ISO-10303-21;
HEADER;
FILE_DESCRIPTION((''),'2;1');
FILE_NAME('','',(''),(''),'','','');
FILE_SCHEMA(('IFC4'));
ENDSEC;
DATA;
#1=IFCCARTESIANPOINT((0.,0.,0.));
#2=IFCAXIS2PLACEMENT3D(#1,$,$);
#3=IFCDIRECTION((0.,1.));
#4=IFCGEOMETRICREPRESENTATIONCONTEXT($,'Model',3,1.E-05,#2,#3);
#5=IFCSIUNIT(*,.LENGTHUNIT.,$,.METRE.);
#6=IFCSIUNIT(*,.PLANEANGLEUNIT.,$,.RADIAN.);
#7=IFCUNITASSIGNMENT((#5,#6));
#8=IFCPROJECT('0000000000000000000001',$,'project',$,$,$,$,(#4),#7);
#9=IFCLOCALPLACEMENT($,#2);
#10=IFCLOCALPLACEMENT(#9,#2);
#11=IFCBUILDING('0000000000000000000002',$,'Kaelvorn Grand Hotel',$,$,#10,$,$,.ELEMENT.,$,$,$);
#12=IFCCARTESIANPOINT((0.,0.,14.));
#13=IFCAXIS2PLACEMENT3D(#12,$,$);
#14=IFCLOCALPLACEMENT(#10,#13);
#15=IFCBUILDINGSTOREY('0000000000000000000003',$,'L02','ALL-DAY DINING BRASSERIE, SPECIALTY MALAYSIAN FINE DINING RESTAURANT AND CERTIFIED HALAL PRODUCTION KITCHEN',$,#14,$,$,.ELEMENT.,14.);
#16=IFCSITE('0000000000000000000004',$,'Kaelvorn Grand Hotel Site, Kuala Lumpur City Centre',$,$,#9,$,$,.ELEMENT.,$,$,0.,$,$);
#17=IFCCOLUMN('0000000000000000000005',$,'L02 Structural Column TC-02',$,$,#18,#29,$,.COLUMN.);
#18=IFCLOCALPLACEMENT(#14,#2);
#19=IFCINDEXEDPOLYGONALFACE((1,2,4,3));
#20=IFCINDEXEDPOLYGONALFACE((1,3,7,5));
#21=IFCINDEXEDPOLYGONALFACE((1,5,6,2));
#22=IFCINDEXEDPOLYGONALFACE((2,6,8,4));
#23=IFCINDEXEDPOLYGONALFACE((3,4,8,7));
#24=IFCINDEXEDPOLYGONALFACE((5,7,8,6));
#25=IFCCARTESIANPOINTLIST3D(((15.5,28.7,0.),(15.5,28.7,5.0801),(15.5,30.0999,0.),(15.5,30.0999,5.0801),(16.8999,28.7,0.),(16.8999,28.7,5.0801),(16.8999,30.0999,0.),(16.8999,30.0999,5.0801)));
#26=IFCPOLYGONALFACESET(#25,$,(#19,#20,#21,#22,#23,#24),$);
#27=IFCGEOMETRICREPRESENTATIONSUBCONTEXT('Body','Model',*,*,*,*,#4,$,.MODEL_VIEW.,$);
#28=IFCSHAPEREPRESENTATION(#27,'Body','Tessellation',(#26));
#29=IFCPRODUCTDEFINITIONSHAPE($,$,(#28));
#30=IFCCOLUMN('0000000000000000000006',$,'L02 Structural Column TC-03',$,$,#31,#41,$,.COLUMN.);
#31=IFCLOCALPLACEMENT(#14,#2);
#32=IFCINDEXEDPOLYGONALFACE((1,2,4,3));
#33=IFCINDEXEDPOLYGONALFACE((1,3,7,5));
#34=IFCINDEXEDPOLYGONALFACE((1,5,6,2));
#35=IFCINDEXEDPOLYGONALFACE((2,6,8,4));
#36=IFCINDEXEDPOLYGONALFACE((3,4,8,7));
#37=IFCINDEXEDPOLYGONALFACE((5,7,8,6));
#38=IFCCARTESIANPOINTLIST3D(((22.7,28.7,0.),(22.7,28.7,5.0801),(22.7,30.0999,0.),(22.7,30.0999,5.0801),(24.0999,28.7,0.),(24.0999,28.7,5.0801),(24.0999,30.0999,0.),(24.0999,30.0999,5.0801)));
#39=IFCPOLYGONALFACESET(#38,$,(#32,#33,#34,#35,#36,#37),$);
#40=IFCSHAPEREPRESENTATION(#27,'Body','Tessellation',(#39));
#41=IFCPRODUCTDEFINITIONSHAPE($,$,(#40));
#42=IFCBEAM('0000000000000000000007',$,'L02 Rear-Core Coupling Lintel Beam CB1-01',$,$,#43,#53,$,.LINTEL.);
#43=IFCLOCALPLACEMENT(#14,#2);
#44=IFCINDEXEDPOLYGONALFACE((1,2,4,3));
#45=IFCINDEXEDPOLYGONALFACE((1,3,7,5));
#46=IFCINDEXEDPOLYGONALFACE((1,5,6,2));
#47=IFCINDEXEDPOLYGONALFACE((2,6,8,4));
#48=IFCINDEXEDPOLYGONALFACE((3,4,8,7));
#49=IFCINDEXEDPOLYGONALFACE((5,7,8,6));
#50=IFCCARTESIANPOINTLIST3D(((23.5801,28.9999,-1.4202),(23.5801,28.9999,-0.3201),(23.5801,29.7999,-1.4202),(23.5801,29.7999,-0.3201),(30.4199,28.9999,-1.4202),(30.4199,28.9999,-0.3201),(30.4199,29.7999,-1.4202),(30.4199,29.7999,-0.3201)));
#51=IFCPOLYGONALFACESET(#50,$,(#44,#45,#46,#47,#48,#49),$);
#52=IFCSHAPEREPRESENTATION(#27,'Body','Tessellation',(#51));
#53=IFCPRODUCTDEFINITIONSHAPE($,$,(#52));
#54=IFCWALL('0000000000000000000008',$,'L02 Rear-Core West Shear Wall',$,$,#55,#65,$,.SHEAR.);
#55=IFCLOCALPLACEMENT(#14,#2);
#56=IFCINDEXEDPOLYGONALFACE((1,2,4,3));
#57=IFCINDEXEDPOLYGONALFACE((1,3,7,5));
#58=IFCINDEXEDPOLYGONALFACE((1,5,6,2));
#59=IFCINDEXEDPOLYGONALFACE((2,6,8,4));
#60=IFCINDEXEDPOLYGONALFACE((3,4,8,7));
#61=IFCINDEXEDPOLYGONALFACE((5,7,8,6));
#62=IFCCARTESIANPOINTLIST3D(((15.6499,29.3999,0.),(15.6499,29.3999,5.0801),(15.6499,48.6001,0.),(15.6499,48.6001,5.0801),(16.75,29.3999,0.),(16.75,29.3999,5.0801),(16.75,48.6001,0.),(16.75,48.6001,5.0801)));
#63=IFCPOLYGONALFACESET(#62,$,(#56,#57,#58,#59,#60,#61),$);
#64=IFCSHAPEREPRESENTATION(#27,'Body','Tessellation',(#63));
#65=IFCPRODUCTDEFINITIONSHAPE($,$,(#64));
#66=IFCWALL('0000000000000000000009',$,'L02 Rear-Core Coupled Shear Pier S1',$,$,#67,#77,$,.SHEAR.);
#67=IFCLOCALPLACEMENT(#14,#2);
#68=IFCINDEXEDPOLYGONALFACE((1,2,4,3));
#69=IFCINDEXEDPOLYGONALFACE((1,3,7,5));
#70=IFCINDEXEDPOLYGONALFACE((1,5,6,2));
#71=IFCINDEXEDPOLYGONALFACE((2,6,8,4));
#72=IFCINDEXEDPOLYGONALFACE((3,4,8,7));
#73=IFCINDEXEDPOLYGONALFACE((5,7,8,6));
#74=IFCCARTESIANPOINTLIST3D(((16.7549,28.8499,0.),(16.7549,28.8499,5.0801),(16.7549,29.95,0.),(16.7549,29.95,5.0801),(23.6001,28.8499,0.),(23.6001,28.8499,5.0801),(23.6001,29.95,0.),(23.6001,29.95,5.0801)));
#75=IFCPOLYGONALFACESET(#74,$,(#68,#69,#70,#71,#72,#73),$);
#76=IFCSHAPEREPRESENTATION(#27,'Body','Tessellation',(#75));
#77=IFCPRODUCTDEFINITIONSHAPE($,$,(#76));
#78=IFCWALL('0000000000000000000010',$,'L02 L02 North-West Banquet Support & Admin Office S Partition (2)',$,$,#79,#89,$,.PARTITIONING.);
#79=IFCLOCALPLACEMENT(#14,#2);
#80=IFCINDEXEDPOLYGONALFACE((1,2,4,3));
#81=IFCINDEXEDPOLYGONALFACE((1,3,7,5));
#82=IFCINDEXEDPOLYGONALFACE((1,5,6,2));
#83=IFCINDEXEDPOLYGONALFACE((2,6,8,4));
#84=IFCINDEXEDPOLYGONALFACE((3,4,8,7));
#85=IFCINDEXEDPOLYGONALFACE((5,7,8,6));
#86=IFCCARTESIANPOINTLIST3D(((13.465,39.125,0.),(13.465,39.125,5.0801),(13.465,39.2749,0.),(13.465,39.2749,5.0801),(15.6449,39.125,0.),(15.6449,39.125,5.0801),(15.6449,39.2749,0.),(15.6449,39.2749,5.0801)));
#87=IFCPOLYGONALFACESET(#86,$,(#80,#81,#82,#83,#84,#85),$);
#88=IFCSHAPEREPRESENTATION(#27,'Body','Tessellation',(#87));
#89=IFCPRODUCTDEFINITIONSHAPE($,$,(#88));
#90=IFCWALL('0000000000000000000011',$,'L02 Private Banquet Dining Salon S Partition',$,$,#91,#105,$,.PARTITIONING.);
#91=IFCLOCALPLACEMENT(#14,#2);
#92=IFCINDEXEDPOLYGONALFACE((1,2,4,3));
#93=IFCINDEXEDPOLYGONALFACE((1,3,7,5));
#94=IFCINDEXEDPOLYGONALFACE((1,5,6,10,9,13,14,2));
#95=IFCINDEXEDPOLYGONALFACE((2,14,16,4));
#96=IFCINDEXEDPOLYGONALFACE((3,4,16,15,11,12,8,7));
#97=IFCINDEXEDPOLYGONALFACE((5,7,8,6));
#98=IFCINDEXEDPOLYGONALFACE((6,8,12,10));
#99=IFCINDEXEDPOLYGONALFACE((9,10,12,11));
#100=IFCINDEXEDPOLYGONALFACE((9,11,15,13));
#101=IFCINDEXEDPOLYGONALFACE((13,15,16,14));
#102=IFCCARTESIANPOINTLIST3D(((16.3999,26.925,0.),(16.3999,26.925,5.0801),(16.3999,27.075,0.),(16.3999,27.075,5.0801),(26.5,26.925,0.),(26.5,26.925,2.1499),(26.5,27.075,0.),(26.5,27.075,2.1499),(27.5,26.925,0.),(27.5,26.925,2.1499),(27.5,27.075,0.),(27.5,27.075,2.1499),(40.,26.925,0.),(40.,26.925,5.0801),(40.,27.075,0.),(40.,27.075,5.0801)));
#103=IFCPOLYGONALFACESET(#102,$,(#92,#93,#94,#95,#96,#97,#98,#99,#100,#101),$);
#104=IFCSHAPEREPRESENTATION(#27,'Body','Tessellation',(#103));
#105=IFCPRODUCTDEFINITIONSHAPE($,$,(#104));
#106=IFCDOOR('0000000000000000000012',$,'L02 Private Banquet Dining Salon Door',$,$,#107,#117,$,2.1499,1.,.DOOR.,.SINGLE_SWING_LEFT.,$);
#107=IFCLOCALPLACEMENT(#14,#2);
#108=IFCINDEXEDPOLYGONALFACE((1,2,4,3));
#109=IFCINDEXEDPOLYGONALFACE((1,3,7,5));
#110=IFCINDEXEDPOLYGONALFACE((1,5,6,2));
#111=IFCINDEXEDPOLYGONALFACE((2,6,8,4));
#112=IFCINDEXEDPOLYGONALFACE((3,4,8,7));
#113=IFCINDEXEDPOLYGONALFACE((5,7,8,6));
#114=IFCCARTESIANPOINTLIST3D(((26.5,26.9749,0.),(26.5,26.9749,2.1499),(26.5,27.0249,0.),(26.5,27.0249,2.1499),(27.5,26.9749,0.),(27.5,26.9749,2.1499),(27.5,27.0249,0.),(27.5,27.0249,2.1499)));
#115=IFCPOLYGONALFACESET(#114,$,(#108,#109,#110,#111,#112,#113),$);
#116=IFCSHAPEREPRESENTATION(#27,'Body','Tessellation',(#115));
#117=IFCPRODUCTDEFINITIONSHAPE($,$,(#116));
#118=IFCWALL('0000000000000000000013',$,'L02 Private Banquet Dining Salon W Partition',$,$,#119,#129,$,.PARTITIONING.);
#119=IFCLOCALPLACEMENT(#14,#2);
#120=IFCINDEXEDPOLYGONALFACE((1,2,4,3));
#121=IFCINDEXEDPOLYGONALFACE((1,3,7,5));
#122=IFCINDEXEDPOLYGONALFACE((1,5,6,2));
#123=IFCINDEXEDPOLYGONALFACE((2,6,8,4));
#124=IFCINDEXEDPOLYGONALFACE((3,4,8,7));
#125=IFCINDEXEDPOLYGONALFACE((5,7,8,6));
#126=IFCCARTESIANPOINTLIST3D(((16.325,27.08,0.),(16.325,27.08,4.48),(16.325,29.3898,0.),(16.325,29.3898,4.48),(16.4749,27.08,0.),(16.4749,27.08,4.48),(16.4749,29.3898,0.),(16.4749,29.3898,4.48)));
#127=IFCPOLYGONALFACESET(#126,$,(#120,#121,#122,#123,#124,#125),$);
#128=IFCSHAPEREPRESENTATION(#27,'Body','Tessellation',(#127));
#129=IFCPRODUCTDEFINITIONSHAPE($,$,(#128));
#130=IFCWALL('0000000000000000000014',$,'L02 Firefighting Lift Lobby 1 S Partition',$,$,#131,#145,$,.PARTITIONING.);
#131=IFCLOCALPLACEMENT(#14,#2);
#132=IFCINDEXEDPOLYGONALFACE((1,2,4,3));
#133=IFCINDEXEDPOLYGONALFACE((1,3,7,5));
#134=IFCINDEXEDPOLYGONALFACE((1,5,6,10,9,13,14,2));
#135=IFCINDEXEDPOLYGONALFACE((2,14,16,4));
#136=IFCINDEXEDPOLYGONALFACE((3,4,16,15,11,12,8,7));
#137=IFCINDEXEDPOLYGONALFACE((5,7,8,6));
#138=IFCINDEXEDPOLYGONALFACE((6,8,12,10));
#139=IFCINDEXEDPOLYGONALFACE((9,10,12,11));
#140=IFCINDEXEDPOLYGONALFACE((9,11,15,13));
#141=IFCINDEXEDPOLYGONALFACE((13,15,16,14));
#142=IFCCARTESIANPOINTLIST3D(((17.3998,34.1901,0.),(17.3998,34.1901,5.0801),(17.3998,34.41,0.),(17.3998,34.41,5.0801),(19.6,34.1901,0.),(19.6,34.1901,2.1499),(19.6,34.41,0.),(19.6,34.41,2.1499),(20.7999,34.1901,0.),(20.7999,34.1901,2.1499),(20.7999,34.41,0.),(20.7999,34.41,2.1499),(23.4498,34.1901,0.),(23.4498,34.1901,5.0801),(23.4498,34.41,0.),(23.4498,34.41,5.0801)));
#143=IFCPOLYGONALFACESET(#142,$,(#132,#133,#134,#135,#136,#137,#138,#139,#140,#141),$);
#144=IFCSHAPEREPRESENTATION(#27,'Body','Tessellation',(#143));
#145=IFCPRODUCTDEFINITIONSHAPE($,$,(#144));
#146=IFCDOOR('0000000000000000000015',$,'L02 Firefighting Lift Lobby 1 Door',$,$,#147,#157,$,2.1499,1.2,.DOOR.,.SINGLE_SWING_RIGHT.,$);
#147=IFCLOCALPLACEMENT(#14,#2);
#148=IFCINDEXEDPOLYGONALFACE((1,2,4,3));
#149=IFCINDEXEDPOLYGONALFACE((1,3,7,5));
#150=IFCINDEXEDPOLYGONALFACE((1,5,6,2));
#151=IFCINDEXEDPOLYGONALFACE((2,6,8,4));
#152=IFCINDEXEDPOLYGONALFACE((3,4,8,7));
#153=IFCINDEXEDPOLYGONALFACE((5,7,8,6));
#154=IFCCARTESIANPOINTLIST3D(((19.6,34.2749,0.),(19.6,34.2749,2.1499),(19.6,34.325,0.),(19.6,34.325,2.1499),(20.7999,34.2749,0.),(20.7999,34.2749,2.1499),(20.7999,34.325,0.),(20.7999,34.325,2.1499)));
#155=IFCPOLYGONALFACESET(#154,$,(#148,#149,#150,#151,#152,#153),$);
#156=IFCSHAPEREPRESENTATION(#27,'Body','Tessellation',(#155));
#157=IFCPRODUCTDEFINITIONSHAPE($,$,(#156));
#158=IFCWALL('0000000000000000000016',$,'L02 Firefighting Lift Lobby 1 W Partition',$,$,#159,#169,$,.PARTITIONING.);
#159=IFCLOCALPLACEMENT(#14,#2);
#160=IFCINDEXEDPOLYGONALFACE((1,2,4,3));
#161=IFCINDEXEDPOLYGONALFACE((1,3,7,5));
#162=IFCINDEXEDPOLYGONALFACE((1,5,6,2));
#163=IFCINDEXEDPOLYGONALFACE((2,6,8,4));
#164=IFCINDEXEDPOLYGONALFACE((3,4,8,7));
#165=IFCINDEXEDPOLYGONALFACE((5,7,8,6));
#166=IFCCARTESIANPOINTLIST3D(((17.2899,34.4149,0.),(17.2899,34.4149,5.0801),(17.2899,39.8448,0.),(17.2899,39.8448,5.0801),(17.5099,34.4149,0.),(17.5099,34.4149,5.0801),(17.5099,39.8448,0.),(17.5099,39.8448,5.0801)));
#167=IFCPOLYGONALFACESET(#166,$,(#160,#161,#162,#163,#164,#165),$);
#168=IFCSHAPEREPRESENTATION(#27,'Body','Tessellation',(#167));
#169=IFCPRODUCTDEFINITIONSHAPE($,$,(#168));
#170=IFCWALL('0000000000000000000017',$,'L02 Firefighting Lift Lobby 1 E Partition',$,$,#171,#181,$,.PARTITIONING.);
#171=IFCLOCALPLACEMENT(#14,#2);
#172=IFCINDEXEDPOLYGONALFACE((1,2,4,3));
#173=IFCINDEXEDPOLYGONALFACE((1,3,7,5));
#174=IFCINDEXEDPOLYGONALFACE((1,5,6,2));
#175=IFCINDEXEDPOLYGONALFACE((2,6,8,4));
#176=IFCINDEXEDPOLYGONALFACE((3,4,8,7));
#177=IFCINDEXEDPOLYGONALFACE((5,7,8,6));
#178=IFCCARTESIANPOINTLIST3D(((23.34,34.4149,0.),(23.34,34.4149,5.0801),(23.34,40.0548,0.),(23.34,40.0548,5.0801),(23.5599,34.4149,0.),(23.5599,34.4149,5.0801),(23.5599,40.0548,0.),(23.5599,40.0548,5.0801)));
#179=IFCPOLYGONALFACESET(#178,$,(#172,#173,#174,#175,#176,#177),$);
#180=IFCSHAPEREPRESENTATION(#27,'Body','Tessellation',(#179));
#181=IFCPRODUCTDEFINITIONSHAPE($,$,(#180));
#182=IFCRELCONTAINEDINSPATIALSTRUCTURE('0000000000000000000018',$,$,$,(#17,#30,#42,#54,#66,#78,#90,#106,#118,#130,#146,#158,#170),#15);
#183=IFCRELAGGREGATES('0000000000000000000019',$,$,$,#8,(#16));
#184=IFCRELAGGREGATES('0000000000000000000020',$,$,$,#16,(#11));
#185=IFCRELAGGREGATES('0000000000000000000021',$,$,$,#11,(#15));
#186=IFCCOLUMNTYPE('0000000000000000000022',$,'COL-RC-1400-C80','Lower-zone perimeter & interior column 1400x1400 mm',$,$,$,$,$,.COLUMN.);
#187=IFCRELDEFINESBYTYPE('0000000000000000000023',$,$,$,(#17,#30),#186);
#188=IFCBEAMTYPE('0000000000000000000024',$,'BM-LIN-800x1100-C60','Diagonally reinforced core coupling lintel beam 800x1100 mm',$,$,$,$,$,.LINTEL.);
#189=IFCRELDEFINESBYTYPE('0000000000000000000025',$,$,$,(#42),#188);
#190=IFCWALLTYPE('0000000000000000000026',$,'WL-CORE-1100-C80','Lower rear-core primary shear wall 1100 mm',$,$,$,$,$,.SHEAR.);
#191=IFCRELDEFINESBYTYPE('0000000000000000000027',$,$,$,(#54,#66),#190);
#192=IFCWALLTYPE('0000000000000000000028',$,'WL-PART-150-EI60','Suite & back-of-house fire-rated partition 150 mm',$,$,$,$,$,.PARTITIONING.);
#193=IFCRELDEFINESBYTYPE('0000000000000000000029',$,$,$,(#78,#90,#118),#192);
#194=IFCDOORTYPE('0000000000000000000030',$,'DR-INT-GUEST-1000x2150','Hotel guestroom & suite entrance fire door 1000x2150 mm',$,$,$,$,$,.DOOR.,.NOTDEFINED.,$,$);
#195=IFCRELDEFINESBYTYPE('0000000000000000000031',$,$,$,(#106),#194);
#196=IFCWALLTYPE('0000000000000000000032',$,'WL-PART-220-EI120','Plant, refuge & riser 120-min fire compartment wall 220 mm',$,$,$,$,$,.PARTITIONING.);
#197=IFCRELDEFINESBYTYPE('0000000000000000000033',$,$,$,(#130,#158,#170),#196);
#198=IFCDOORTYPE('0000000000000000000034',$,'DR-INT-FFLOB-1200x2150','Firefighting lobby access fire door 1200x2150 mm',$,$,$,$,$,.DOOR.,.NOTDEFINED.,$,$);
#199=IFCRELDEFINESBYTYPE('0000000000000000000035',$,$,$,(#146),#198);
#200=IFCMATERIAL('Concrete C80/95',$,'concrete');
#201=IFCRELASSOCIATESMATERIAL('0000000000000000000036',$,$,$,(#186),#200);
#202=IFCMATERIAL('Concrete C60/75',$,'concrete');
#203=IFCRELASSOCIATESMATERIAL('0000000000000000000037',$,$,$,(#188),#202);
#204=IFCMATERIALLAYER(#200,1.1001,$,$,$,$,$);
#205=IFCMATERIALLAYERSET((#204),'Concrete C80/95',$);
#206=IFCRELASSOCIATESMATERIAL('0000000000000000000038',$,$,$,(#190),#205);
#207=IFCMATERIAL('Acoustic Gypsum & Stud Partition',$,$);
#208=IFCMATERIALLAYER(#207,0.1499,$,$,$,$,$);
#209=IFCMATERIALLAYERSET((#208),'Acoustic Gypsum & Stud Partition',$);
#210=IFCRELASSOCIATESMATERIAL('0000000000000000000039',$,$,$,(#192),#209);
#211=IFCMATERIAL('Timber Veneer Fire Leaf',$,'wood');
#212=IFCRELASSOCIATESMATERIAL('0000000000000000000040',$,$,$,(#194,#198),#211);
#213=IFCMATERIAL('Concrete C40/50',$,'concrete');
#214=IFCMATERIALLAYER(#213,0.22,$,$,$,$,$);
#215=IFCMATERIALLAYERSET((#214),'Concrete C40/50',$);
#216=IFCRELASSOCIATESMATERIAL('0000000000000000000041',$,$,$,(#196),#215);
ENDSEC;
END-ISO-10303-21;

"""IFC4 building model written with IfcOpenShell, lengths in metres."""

from ifc_helpers import new_model, si_unit, direction, frame, frame_2d, origin, origin_2d, place, context, subcontext, project, spatial, rectangle, extrude, material, layer, layer_set, material_profile, profile_set, type_object, element, fill, save


model = new_model("IFC4")

# Units and contexts
model_context = context("Model", 3, precision=1e-05, world=origin(), true_north=direction((0.0, 1.0)))
body_context = subcontext(model_context, "Body", "Model", "MODEL_VIEW")
ifc_project = project(units=[si_unit("LENGTHUNIT", "METRE"), si_unit("PLANEANGLEUNIT", "RADIAN")], contexts=[model_context])

# Site, building, storey
site_placement = place(None, origin())
site = spatial("IfcSite", under=ifc_project, at=site_placement, Name="Kaelvorn Grand Hotel Site, Kuala Lumpur City Centre", CompositionType="ELEMENT", RefElevation=0.0)
building_placement = place(site_placement, origin())
building = spatial("IfcBuilding", under=site, at=building_placement, Name="Kaelvorn Grand Hotel", CompositionType="ELEMENT")
storey_placement = place(building_placement, frame((0.0, 0.0, 14.0)))
storey = spatial("IfcBuildingStorey", under=building, at=storey_placement, Name="L02", Description="ALL-DAY DINING BRASSERIE, SPECIALTY MALAYSIAN FINE DINING RESTAURANT AND CERTIFIED HALAL PRODUCTION KITCHEN", CompositionType="ELEMENT", Elevation=14.0)

# Columns
ifc_material_1 = material(Name="Concrete C80/95", Category="concrete")
ifc_material_profile_1 = material_profile(ifc_material_1, rectangle(XDim=1.3999, YDim=1.3999, at=origin_2d()), Name="RC COL 1400x1400")
ifc_profile_set_1 = profile_set([ifc_material_profile_1], Name="Concrete C80/95")
column_type = type_object("IfcColumnType", Name="COL-RC-1400-C80", Description="Lower-zone perimeter & interior column 1400x1400 mm", PredefinedType="COLUMN", material=ifc_profile_set_1)
for number, where, z_axis, x_axis, name in (
    (1, (16.2, 29.3999, 0.0), (0.0, 0.0, 1.0), (1.0, 0.0, 0.0), "L02 Structural Column TC-02"),
    (2, (23.3999, 29.3999, 0.0), (0.0, 0.0, 1.0), (1.0, 0.0, 0.0), "L02 Structural Column TC-03"),
):
    element("IfcColumn", number, at=place(storey_placement, frame(where, z_axis=z_axis, x_axis=x_axis)), inside=storey, type_object=column_type, Name=name, PredefinedType="COLUMN", context=body_context, shape_type="SweptSolid", body=[
        extrude(rectangle(XDim=1.3999, YDim=1.3999, at=origin_2d()), origin(), (0.0, 0.0, 1.0), 5.0801),
    ])

# Beam
ifc_material_2 = material(Name="Concrete C60/75", Category="concrete")
ifc_material_profile_2 = material_profile(ifc_material_2, rectangle(XDim=0.8, YDim=1.1001, at=origin_2d()), Name="RC LINTEL 800x1100")
ifc_profile_set_2 = profile_set([ifc_material_profile_2], Name="Concrete C60/75")
beam_type = type_object("IfcBeamType", Name="BM-LIN-800x1100-C60", Description="Diagonally reinforced core coupling lintel beam 800x1100 mm", PredefinedType="LINTEL", material=ifc_profile_set_2)
beam_placement = place(storey_placement, frame((23.5801, 29.3999, -0.8701), z_axis=(1.0, 0.0, 0.0), x_axis=(0.0, 1.0, 0.0)))
element("IfcBeam", 3, at=beam_placement, inside=storey, type_object=beam_type, Name="L02 Rear-Core Coupling Lintel Beam CB1-01", PredefinedType="LINTEL", context=body_context, shape_type="SweptSolid", body=[
    extrude(rectangle(XDim=0.8, YDim=1.1001, at=origin_2d()), origin(), (0.0, 0.0, 1.0), 6.8398),
])

# Walls
ifc_layer_1 = layer(ifc_material_1, 1.1001)
ifc_layer_set_1 = layer_set([ifc_layer_1], Name="Concrete C80/95")
wall_type_1 = type_object("IfcWallType", Name="WL-CORE-1100-C80", Description="Lower rear-core primary shear wall 1100 mm", PredefinedType="SHEAR", material=ifc_layer_set_1)
wall_1_placement = place(storey_placement, frame((16.2, 29.3999, 0.0), z_axis=(0.0, 0.0, 1.0), x_axis=(0.0, 1.0, 0.0)))
element("IfcWall", 4, at=wall_1_placement, inside=storey, type_object=wall_type_1, Name="L02 Rear-Core West Shear Wall", PredefinedType="SHEAR", context=body_context, shape_type="SweptSolid", body=[
    extrude(rectangle(XDim=19.2002, YDim=1.1001, at=frame_2d((9.6001, 0.0))), origin(), (0.0, 0.0, 1.0), 5.0801),
])
wall_2_placement = place(storey_placement, frame((16.7549, 29.3999, 0.0), z_axis=(0.0, 0.0, 1.0), x_axis=(1.0, 0.0, 0.0)))
element("IfcWall", 5, at=wall_2_placement, inside=storey, type_object=wall_type_1, Name="L02 Rear-Core Coupled Shear Pier S1", PredefinedType="SHEAR", context=body_context, shape_type="SweptSolid", body=[
    extrude(rectangle(XDim=6.8452, YDim=1.1001, at=frame_2d((3.4226, 0.0))), origin(), (0.0, 0.0, 1.0), 5.0801),
])
ifc_material_3 = material(Name="Acoustic Gypsum & Stud Partition")
ifc_layer_2 = layer(ifc_material_3, 0.1499)
ifc_layer_set_2 = layer_set([ifc_layer_2], Name="Acoustic Gypsum & Stud Partition")
wall_type_2 = type_object("IfcWallType", Name="WL-PART-150-EI60", Description="Suite & back-of-house fire-rated partition 150 mm", PredefinedType="PARTITIONING", material=ifc_layer_set_2)
wall_3_placement = place(storey_placement, frame((13.4651, 39.2, 0.0), z_axis=(0.0, 0.0, 1.0), x_axis=(1.0, 0.0, 0.0)))
element("IfcWall", 6, at=wall_3_placement, inside=storey, type_object=wall_type_2, Name="L02 L02 North-West Banquet Support & Admin Office S Partition (2)", PredefinedType="PARTITIONING", context=body_context, shape_type="SweptSolid", body=[
    extrude(rectangle(XDim=2.1799, YDim=0.1499, at=frame_2d((1.0898, 0.0))), origin(), (0.0, 0.0, 1.0), 5.0801),
])

# Wall, opening, door
wall_4_placement = place(storey_placement, frame((16.3999, 27.0, 0.0), z_axis=(0.0, 0.0, 1.0), x_axis=(1.0, 0.0, 0.0)))
wall_4 = element("IfcWall", 7, at=wall_4_placement, inside=storey, type_object=wall_type_2, Name="L02 Private Banquet Dining Salon S Partition", PredefinedType="PARTITIONING", context=body_context, shape_type="SweptSolid", body=[
    extrude(rectangle(XDim=23.6001, YDim=0.1499, at=frame_2d((11.8, 0.0))), origin(), (0.0, 0.0, 1.0), 5.0801),
])
opening_1_placement = place(wall_4_placement, frame((10.1001, 0.0, 0.0)))
opening_1 = element("IfcOpeningElement", 8, at=opening_1_placement, cuts=wall_4, PredefinedType="OPENING", context=body_context, shape_type="SweptSolid", body=[
    extrude(rectangle(XDim=1.0, YDim=2.1499, at=frame_2d((0.5, 1.075))), frame((0.0, 0.085, 0.0), z_axis=(0.0, -1.0, 0.0), x_axis=(1.0, 0.0, 0.0)), (0.0, 0.0, 1.0), 0.1699),
])
ifc_material_4 = material(Name="Timber Veneer Fire Leaf", Category="wood")
door_type_1 = type_object("IfcDoorType", Name="DR-INT-GUEST-1000x2150", Description="Hotel guestroom & suite entrance fire door 1000x2150 mm", OperationType="NOTDEFINED", PredefinedType="DOOR", material=ifc_material_4)
door_1_placement = place(opening_1_placement, origin())
door_1 = element("IfcDoor", 9, at=door_1_placement, inside=storey, type_object=door_type_1, Name="L02 Private Banquet Dining Salon Door", OperationType="SINGLE_SWING_LEFT", OverallHeight=2.1499, OverallWidth=1.0, PredefinedType="DOOR", context=body_context, shape_type="SweptSolid", body=[
    extrude(rectangle(XDim=1.0, YDim=2.1499, at=frame_2d((0.5, 1.075))), frame((0.0, 0.0249, 0.0), z_axis=(0.0, -1.0, 0.0), x_axis=(1.0, 0.0, 0.0)), (0.0, 0.0, 1.0), 0.05),
])
fill(opening_1, door_1)

# Wall
wall_5_placement = place(storey_placement, frame((16.3999, 27.0801, 0.0), z_axis=(0.0, 0.0, 1.0), x_axis=(0.0, 1.0, 0.0)))
element("IfcWall", 10, at=wall_5_placement, inside=storey, type_object=wall_type_2, Name="L02 Private Banquet Dining Salon W Partition", PredefinedType="PARTITIONING", context=body_context, shape_type="SweptSolid", body=[
    extrude(rectangle(XDim=2.3098, YDim=0.1499, at=frame_2d((1.1548, 0.0))), origin(), (0.0, 0.0, 1.0), 4.48),
])

# Wall, opening, door
ifc_material_5 = material(Name="Concrete C40/50", Category="concrete")
ifc_layer_3 = layer(ifc_material_5, 0.22)
ifc_layer_set_3 = layer_set([ifc_layer_3], Name="Concrete C40/50")
wall_type_3 = type_object("IfcWallType", Name="WL-PART-220-EI120", Description="Plant, refuge & riser 120-min fire compartment wall 220 mm", PredefinedType="PARTITIONING", material=ifc_layer_set_3)
wall_6_placement = place(storey_placement, frame((17.3999, 34.3, 0.0), z_axis=(0.0, 0.0, 1.0), x_axis=(1.0, 0.0, 0.0)))
wall_6 = element("IfcWall", 11, at=wall_6_placement, inside=storey, type_object=wall_type_3, Name="L02 Firefighting Lift Lobby 1 S Partition", PredefinedType="PARTITIONING", context=body_context, shape_type="SweptSolid", body=[
    extrude(rectangle(XDim=6.05, YDim=0.22, at=frame_2d((3.0249, 0.0))), origin(), (0.0, 0.0, 1.0), 5.0801),
])
opening_2_placement = place(wall_6_placement, frame((2.2, 0.0, 0.0)))
opening_2 = element("IfcOpeningElement", 12, at=opening_2_placement, cuts=wall_6, PredefinedType="OPENING", context=body_context, shape_type="SweptSolid", body=[
    extrude(rectangle(XDim=1.2, YDim=2.1499, at=frame_2d((0.6001, 1.075))), frame((0.0, 0.1201, 0.0), z_axis=(0.0, -1.0, 0.0), x_axis=(1.0, 0.0, 0.0)), (0.0, 0.0, 1.0), 0.24),
])
door_type_2 = type_object("IfcDoorType", Name="DR-INT-FFLOB-1200x2150", Description="Firefighting lobby access fire door 1200x2150 mm", OperationType="NOTDEFINED", PredefinedType="DOOR", material=ifc_material_4)
door_2_placement = place(opening_2_placement, origin())
door_2 = element("IfcDoor", 13, at=door_2_placement, inside=storey, type_object=door_type_2, Name="L02 Firefighting Lift Lobby 1 Door", OperationType="SINGLE_SWING_RIGHT", OverallHeight=2.1499, OverallWidth=1.2, PredefinedType="DOOR", context=body_context, shape_type="SweptSolid", body=[
    extrude(rectangle(XDim=1.2, YDim=2.1499, at=frame_2d((0.6001, 1.075))), frame((0.0, 0.0249, 0.0), z_axis=(0.0, -1.0, 0.0), x_axis=(1.0, 0.0, 0.0)), (0.0, 0.0, 1.0), 0.05),
])
fill(opening_2, door_2)

# Walls
wall_7_placement = place(storey_placement, frame((17.3999, 34.415, 0.0), z_axis=(0.0, 0.0, 1.0), x_axis=(0.0, 1.0, 0.0)))
element("IfcWall", 14, at=wall_7_placement, inside=storey, type_object=wall_type_3, Name="L02 Firefighting Lift Lobby 1 W Partition", PredefinedType="PARTITIONING", context=body_context, shape_type="SweptSolid", body=[
    extrude(rectangle(XDim=5.4299, YDim=0.22, at=frame_2d((2.7148, 0.0))), origin(), (0.0, 0.0, 1.0), 5.0801),
])
wall_8_placement = place(storey_placement, frame((23.45, 34.415, 0.0), z_axis=(0.0, 0.0, 1.0), x_axis=(0.0, 1.0, 0.0)))
element("IfcWall", 15, at=wall_8_placement, inside=storey, type_object=wall_type_3, Name="L02 Firefighting Lift Lobby 1 E Partition", PredefinedType="PARTITIONING", context=body_context, shape_type="SweptSolid", body=[
    extrude(rectangle(XDim=5.6399, YDim=0.22, at=frame_2d((2.8198, 0.0))), origin(), (0.0, 0.0, 1.0), 5.0801),
])

save(model, "model.ifc")
